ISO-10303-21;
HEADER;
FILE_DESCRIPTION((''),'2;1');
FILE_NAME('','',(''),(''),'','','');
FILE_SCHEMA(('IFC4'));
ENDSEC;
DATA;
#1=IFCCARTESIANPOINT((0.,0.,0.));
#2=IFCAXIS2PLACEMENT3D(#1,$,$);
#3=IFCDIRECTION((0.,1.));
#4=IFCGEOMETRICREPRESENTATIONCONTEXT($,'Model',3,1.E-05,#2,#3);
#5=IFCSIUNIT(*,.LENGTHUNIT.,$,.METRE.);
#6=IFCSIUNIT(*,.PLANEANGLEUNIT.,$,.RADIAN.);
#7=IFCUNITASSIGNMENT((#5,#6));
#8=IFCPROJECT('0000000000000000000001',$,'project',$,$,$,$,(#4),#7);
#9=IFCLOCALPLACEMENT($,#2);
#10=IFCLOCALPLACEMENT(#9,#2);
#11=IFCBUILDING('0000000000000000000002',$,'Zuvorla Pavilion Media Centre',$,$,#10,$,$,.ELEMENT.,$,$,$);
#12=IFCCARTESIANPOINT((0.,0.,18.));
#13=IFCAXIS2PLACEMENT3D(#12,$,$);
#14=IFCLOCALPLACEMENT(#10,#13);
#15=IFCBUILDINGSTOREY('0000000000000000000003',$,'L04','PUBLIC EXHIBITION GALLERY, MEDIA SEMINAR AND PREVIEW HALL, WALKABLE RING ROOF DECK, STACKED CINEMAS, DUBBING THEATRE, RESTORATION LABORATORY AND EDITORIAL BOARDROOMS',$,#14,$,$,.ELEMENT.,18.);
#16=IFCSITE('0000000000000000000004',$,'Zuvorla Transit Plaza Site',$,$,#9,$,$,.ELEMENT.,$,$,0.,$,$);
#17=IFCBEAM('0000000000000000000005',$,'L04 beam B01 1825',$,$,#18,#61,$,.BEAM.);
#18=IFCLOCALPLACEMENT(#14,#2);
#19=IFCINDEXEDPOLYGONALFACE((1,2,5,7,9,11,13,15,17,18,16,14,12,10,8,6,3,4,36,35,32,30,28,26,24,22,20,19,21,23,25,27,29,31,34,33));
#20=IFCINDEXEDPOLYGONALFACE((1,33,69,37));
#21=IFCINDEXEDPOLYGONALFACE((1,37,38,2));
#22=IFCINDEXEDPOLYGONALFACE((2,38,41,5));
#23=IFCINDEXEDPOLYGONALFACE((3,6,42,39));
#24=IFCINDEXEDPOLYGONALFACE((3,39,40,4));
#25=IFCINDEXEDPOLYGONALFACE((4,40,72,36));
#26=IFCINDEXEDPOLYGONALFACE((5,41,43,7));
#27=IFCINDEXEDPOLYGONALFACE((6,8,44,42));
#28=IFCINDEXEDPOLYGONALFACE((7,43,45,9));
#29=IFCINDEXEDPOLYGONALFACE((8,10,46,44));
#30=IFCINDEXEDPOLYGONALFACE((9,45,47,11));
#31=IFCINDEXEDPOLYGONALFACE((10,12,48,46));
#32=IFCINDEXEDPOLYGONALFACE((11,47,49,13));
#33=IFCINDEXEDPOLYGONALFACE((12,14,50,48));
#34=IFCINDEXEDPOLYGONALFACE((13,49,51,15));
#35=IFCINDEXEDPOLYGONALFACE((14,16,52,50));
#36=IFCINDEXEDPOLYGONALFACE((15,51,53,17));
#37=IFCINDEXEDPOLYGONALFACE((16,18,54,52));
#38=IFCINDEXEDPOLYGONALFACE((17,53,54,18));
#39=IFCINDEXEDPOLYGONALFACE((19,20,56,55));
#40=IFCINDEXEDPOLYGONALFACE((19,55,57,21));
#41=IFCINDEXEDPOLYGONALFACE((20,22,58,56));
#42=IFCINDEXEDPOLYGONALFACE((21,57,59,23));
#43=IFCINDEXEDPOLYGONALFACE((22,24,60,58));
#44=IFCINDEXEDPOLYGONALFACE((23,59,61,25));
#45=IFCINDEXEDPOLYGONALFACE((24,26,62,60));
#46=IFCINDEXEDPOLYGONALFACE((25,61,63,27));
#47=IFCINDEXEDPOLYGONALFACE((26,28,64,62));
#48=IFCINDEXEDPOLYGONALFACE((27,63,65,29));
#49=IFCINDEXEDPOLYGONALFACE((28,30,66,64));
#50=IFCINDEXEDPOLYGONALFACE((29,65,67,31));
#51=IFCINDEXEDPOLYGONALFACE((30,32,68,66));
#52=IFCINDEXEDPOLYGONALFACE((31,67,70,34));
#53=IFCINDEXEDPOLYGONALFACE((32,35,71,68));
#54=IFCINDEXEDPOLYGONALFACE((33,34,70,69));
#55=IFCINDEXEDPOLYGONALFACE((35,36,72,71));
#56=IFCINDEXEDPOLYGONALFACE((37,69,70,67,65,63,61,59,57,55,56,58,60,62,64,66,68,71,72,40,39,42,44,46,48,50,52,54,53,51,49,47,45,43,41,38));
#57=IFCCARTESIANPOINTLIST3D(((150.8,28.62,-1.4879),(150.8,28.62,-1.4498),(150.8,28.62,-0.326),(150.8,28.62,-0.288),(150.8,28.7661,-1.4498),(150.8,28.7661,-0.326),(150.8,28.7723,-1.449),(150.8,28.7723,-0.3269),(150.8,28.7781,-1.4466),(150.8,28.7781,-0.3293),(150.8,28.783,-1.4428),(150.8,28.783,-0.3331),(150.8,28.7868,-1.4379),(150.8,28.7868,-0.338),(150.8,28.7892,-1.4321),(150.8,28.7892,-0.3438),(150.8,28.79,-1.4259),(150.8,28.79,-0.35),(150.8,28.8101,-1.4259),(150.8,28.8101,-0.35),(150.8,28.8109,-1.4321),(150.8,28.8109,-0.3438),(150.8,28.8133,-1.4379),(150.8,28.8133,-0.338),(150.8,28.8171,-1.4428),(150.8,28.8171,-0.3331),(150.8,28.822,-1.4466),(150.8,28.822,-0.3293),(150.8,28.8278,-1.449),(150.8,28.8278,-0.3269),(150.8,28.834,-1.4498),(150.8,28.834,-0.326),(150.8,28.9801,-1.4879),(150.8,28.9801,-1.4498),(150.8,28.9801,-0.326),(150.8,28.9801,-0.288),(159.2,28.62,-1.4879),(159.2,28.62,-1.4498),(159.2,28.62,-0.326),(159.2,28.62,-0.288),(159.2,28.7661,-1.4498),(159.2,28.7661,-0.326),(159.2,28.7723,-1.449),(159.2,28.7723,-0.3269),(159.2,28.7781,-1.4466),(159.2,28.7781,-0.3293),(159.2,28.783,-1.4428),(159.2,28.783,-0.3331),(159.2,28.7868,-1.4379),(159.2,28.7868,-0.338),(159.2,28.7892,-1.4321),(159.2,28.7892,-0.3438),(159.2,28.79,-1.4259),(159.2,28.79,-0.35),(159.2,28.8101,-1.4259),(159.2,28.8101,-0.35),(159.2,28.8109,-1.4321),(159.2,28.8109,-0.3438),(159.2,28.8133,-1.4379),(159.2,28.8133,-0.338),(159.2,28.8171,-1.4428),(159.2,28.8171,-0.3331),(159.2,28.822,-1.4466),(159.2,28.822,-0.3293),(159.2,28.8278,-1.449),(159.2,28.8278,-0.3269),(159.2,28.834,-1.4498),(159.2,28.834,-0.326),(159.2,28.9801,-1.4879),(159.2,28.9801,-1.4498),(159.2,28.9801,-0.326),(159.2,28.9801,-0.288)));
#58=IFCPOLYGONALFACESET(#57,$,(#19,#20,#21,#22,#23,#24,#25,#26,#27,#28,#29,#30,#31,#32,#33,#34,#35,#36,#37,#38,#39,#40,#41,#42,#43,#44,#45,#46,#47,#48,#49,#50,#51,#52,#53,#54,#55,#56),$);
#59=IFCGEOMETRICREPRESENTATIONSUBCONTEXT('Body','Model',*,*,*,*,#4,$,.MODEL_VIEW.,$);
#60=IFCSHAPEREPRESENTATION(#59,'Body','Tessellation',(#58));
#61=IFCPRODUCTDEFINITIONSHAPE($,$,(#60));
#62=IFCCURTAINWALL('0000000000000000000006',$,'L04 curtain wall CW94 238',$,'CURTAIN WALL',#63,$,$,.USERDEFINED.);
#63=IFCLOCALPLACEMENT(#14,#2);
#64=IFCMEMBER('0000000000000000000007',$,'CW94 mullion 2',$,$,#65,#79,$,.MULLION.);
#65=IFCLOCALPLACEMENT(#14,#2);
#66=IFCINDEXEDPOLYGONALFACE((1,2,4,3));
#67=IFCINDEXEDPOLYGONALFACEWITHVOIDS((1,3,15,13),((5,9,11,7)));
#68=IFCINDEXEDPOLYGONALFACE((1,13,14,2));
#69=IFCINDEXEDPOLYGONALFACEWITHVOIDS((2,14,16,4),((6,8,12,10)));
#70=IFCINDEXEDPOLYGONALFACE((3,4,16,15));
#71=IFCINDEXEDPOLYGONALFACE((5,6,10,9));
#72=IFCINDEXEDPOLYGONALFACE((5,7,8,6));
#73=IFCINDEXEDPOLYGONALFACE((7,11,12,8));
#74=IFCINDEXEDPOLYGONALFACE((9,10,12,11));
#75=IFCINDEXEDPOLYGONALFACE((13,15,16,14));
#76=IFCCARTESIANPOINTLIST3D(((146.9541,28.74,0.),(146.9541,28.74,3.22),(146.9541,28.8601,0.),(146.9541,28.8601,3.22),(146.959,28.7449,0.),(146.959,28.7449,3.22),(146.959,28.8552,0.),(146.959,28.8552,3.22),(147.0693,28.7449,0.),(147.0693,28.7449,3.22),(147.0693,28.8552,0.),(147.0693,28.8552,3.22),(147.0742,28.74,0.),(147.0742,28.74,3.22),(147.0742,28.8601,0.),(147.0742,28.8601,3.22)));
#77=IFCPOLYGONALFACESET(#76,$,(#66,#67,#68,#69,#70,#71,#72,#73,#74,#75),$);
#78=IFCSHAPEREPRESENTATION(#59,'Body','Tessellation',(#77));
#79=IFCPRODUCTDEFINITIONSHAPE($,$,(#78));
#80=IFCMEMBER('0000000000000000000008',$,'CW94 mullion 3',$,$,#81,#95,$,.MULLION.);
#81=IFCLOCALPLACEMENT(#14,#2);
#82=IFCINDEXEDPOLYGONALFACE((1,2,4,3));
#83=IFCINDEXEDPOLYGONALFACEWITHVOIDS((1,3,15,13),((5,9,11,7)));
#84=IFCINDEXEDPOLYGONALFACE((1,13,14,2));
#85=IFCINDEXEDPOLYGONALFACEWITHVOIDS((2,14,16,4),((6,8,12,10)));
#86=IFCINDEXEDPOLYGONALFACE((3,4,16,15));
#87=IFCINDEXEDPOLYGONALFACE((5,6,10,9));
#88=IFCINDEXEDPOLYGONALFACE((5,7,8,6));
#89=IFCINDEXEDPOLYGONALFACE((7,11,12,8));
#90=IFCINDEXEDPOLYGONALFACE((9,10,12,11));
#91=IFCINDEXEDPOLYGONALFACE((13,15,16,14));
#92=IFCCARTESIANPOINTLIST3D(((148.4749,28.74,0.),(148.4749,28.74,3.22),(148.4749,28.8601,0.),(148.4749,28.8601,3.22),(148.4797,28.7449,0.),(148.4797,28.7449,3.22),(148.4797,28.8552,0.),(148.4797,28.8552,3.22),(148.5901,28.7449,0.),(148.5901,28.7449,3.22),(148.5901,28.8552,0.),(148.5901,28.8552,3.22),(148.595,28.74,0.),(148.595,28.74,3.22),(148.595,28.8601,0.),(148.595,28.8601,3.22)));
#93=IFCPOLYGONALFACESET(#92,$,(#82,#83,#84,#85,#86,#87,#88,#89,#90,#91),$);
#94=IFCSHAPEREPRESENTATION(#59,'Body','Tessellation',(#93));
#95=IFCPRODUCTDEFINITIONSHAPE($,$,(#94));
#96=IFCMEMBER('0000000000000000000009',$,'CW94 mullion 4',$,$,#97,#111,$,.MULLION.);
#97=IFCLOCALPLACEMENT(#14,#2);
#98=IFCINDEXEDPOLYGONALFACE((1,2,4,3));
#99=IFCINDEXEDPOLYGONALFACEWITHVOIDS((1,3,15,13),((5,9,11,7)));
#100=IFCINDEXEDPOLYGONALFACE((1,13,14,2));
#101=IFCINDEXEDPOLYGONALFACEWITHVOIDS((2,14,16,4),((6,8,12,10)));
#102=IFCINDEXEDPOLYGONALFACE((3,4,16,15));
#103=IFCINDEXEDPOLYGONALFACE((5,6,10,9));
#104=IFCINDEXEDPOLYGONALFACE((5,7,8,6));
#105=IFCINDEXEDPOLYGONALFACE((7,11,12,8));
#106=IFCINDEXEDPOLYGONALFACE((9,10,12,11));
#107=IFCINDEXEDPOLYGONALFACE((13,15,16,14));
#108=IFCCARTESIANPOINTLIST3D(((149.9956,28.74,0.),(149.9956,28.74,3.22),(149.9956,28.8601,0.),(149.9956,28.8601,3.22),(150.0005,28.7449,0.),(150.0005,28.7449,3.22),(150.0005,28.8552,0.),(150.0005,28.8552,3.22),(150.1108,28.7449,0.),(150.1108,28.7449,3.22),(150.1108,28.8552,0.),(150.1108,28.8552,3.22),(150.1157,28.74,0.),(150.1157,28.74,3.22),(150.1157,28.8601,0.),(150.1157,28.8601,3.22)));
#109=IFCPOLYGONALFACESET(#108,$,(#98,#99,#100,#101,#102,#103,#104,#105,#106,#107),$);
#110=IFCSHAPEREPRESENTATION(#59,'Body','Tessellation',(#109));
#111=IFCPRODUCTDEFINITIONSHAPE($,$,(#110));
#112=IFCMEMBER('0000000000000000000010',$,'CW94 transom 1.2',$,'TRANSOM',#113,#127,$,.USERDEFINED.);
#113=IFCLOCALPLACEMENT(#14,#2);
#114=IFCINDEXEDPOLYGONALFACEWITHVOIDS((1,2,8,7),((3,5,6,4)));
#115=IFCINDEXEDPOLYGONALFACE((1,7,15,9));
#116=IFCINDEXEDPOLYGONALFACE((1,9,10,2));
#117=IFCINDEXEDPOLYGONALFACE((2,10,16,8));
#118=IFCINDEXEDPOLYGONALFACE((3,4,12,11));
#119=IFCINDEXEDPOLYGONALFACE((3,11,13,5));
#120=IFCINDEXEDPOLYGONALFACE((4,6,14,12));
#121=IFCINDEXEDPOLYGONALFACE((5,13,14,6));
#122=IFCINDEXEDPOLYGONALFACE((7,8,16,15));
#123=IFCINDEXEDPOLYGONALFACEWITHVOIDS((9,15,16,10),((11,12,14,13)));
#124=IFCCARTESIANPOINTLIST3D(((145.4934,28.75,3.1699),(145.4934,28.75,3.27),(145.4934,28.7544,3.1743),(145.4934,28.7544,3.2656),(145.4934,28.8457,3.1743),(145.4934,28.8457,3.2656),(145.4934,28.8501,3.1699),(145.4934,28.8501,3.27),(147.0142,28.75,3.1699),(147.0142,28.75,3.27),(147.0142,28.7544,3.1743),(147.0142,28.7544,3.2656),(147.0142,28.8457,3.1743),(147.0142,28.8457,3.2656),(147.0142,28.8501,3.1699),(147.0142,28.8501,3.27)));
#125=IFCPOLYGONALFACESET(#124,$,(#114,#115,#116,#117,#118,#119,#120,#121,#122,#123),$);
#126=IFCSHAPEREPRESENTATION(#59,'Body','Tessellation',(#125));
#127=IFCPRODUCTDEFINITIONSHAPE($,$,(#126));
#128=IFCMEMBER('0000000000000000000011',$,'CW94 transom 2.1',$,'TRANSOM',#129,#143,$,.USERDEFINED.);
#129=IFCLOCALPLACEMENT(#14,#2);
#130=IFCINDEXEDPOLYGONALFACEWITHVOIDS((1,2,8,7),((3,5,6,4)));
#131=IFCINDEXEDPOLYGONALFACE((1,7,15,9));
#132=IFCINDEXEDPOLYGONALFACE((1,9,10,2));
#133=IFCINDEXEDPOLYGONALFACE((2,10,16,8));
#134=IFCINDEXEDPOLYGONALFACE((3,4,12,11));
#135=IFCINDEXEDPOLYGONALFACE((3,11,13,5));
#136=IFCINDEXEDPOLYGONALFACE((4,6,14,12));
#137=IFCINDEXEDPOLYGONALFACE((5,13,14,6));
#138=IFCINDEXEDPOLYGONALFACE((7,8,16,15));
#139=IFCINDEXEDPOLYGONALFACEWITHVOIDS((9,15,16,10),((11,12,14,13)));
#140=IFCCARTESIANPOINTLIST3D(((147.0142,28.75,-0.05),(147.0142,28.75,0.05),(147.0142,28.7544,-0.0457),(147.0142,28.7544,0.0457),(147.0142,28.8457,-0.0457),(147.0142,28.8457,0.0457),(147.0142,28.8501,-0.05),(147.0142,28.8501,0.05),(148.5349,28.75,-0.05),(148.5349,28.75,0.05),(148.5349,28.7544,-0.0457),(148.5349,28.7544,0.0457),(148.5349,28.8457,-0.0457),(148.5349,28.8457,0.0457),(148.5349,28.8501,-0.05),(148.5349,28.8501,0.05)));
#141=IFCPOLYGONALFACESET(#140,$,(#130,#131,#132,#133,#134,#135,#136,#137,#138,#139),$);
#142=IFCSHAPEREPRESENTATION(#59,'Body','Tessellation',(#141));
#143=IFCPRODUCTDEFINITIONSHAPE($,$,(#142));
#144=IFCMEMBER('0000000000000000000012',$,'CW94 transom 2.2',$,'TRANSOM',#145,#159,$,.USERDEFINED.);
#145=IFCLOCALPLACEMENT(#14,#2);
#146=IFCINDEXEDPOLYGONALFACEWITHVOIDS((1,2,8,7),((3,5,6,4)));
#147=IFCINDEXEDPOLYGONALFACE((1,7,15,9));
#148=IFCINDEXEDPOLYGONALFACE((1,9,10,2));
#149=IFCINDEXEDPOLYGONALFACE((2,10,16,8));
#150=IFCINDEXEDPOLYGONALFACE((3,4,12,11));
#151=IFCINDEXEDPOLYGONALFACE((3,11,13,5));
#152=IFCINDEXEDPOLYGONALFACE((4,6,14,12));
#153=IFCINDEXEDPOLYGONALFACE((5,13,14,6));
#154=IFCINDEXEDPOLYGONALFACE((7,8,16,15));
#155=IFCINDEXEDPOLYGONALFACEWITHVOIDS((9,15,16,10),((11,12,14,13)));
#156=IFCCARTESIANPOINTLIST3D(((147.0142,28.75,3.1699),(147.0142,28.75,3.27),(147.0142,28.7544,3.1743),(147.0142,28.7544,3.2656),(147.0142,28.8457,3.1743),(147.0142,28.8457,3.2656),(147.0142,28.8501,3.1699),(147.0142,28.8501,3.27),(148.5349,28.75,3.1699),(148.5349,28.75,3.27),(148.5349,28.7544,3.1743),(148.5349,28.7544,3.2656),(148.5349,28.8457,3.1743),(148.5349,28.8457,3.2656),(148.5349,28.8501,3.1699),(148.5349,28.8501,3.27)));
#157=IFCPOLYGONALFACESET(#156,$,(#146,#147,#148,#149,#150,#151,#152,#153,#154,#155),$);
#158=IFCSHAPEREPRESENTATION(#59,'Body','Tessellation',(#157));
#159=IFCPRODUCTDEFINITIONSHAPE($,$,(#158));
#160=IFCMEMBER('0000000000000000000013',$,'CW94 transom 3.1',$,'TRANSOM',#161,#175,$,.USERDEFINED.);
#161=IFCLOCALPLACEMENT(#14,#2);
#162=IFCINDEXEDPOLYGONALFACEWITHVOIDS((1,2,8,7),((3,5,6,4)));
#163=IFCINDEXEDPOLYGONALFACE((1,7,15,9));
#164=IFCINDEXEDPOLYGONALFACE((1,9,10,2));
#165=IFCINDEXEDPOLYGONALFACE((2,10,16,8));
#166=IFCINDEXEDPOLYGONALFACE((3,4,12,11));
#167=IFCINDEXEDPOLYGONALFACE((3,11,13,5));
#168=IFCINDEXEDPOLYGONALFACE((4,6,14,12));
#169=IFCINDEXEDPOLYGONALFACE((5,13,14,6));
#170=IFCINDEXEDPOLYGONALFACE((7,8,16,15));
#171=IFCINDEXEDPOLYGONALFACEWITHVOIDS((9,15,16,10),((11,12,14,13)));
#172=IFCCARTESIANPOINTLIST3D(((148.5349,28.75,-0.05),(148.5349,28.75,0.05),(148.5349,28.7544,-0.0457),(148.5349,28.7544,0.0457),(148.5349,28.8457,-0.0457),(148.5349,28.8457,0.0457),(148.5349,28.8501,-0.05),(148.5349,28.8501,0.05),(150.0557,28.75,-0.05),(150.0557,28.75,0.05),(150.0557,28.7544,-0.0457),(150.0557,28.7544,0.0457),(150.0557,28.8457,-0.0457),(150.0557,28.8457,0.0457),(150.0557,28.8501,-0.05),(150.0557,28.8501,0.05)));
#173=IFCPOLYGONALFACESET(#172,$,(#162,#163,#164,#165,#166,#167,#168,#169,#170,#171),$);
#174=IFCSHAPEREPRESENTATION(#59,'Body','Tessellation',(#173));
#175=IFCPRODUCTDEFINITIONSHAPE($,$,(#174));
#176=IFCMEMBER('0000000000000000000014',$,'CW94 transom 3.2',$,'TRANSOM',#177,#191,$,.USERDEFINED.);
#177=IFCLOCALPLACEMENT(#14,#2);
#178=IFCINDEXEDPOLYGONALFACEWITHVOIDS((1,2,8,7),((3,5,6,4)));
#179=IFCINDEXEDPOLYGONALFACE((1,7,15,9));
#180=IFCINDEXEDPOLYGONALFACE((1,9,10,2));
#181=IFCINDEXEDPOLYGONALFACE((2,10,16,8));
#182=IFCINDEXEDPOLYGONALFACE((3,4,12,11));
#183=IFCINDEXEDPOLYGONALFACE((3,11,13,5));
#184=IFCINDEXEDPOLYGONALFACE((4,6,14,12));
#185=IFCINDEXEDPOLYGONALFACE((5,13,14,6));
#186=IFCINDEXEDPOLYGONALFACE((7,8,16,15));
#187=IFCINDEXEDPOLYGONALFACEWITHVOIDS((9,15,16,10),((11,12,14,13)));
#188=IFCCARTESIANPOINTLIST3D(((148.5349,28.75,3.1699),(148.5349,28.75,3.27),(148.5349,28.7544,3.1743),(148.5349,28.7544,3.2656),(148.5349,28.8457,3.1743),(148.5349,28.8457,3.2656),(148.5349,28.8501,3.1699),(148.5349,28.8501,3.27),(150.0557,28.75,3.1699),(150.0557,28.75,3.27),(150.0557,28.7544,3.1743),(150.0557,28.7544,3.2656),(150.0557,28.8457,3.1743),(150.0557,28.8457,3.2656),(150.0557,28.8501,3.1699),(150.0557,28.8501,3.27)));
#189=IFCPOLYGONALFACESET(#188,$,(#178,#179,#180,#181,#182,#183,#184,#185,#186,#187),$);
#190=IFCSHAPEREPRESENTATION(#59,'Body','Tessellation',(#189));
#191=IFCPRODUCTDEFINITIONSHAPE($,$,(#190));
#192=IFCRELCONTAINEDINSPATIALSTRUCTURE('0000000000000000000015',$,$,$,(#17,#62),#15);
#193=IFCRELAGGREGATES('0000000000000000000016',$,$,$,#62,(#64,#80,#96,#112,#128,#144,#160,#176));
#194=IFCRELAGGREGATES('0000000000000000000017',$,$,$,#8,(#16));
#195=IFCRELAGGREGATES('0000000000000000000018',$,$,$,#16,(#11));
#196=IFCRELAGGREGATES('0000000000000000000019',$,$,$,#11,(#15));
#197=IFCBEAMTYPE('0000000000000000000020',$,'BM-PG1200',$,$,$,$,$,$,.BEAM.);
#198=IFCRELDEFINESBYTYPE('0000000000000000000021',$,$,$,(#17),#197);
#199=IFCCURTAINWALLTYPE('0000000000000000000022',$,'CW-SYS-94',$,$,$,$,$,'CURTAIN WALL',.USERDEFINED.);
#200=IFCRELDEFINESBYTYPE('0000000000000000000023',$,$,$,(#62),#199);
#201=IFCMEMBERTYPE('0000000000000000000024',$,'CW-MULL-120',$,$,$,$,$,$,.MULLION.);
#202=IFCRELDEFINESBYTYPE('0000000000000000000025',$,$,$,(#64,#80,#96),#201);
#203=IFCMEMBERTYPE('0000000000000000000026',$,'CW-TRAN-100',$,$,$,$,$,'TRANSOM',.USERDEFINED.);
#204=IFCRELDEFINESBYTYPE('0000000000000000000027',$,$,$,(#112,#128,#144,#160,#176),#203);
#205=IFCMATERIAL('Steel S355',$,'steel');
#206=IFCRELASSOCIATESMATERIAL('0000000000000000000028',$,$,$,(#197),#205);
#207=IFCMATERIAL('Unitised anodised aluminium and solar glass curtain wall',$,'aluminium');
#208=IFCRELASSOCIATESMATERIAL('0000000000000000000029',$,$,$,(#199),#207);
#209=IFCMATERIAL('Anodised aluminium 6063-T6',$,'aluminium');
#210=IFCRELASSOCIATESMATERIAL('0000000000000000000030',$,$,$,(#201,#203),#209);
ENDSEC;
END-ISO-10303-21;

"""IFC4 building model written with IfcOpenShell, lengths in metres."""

from ifc_helpers import new_model, si_unit, direction, frame, origin, origin_2d, place, context, subcontext, project, spatial, hollow_rectangle, i_section, extrude, material, material_profile, profile_set, type_object, element, aggregate, save


model = new_model("IFC4")

# Units and contexts
model_context = context("Model", 3, precision=1e-05, world=origin(), true_north=direction((0.0, 1.0)))
body_context = subcontext(model_context, "Body", "Model", "MODEL_VIEW")
ifc_project = project(units=[si_unit("LENGTHUNIT", "METRE"), si_unit("PLANEANGLEUNIT", "RADIAN")], contexts=[model_context])

# Site, building, storey
site_placement = place(None, origin())
site = spatial("IfcSite", under=ifc_project, at=site_placement, Name="Zuvorla Transit Plaza Site", CompositionType="ELEMENT", RefElevation=0.0)
building_placement = place(site_placement, origin())
building = spatial("IfcBuilding", under=site, at=building_placement, Name="Zuvorla Pavilion Media Centre", CompositionType="ELEMENT")
storey_placement = place(building_placement, frame((0.0, 0.0, 18.0)))
storey = spatial("IfcBuildingStorey", under=building, at=storey_placement, Name="L04", Description="PUBLIC EXHIBITION GALLERY, MEDIA SEMINAR AND PREVIEW HALL, WALKABLE RING ROOF DECK, STACKED CINEMAS, DUBBING THEATRE, RESTORATION LABORATORY AND EDITORIAL BOARDROOMS", CompositionType="ELEMENT", Elevation=18.0)

# Beam
ifc_material_1 = material(Name="Steel S355", Category="steel")
ifc_material_profile_1 = material_profile(ifc_material_1, i_section(OverallWidth=0.3601, OverallDepth=1.2, WebThickness=0.02, FlangeThickness=0.0381, FilletRadius=0.0239, at=origin_2d()), Name="PG 1200x360x38")
ifc_profile_set_1 = profile_set([ifc_material_profile_1], Name="Steel S355")
beam_type = type_object("IfcBeamType", Name="BM-PG1200", PredefinedType="BEAM", material=ifc_profile_set_1)
beam_placement = place(storey_placement, frame((150.8, 28.8, -0.8879), z_axis=(1.0, 0.0, 0.0), x_axis=(0.0, 1.0, 0.0)))
element("IfcBeam", 1, at=beam_placement, inside=storey, type_object=beam_type, Name="L04 beam B01 1825", PredefinedType="BEAM", context=body_context, shape_type="SweptSolid", body=[
    extrude(i_section(OverallWidth=0.3601, OverallDepth=1.2, WebThickness=0.02, FlangeThickness=0.0381, FilletRadius=0.0239, at=origin_2d()), origin(), (0.0, 0.0, 1.0), 8.3999),
])

# Curtain wall, members
ifc_material_2 = material(Name="Unitised anodised aluminium and solar glass curtain wall", Category="aluminium")
curtain_wall_type = type_object("IfcCurtainWallType", Name="CW-SYS-94", ElementType="CURTAIN WALL", PredefinedType="USERDEFINED", material=ifc_material_2)
curtain_wall_placement = place(storey_placement, origin())
curtain_wall = element("IfcCurtainWall", 2, at=curtain_wall_placement, inside=storey, type_object=curtain_wall_type, Name="L04 curtain wall CW94 238", ObjectType="CURTAIN WALL", PredefinedType="USERDEFINED")
ifc_material_3 = material(Name="Anodised aluminium 6063-T6", Category="aluminium")
ifc_material_profile_2 = material_profile(ifc_material_3, hollow_rectangle(XDim=0.1201, YDim=0.1201, WallThickness=0.0049, at=origin_2d()), Name="ALU MULL 120x120")
ifc_profile_set_2 = profile_set([ifc_material_profile_2], Name="Anodised aluminium 6063-T6")
member_type_1 = type_object("IfcMemberType", Name="CW-MULL-120", PredefinedType="MULLION", material=ifc_profile_set_2)
member_1_placement = place(storey_placement, frame((147.0142, 28.8, 0.0), z_axis=(0.0, 0.0, 1.0), x_axis=(1.0, 0.0, 0.0)))
member_1 = element("IfcMember", 3, at=member_1_placement, type_object=member_type_1, Name="CW94 mullion 2", PredefinedType="MULLION", context=body_context, shape_type="SweptSolid", body=[
    extrude(hollow_rectangle(XDim=0.1201, YDim=0.1201, WallThickness=0.0049, at=origin_2d()), origin(), (0.0, 0.0, 1.0), 3.22),
])
member_2_placement = place(storey_placement, frame((148.5349, 28.8, 0.0), z_axis=(0.0, 0.0, 1.0), x_axis=(1.0, 0.0, 0.0)))
member_2 = element("IfcMember", 4, at=member_2_placement, type_object=member_type_1, Name="CW94 mullion 3", PredefinedType="MULLION", context=body_context, shape_type="SweptSolid", body=[
    extrude(hollow_rectangle(XDim=0.1201, YDim=0.1201, WallThickness=0.0049, at=origin_2d()), origin(), (0.0, 0.0, 1.0), 3.22),
])
member_3_placement = place(storey_placement, frame((150.0557, 28.8, 0.0), z_axis=(0.0, 0.0, 1.0), x_axis=(1.0, 0.0, 0.0)))
member_3 = element("IfcMember", 5, at=member_3_placement, type_object=member_type_1, Name="CW94 mullion 4", PredefinedType="MULLION", context=body_context, shape_type="SweptSolid", body=[
    extrude(hollow_rectangle(XDim=0.1201, YDim=0.1201, WallThickness=0.0049, at=origin_2d()), origin(), (0.0, 0.0, 1.0), 3.22),
])
ifc_material_profile_3 = material_profile(ifc_material_3, hollow_rectangle(XDim=0.1001, YDim=0.1001, WallThickness=0.0044, at=origin_2d()), Name="ALU TRAN 100x100")
ifc_profile_set_3 = profile_set([ifc_material_profile_3], Name="Anodised aluminium 6063-T6")
member_type_2 = type_object("IfcMemberType", Name="CW-TRAN-100", ElementType="TRANSOM", PredefinedType="USERDEFINED", material=ifc_profile_set_3)
member_4_placement = place(storey_placement, frame((145.4934, 28.8, 3.22), z_axis=(1.0, 0.0, 0.0), x_axis=(0.0, 1.0, 0.0)))
member_4 = element("IfcMember", 6, at=member_4_placement, type_object=member_type_2, Name="CW94 transom 1.2", ObjectType="TRANSOM", PredefinedType="USERDEFINED", context=body_context, shape_type="SweptSolid", body=[
    extrude(hollow_rectangle(XDim=0.1001, YDim=0.1001, WallThickness=0.0044, at=origin_2d()), origin(), (0.0, 0.0, 1.0), 1.5208),
])
member_5_placement = place(storey_placement, frame((147.0142, 28.8, 0.0), z_axis=(1.0, 0.0, 0.0), x_axis=(0.0, 1.0, 0.0)))
member_5 = element("IfcMember", 7, at=member_5_placement, type_object=member_type_2, Name="CW94 transom 2.1", ObjectType="TRANSOM", PredefinedType="USERDEFINED", context=body_context, shape_type="SweptSolid", body=[
    extrude(hollow_rectangle(XDim=0.1001, YDim=0.1001, WallThickness=0.0044, at=origin_2d()), origin(), (0.0, 0.0, 1.0), 1.5208),
])
member_6_placement = place(storey_placement, frame((147.0142, 28.8, 3.22), z_axis=(1.0, 0.0, 0.0), x_axis=(0.0, 1.0, 0.0)))
member_6 = element("IfcMember", 8, at=member_6_placement, type_object=member_type_2, Name="CW94 transom 2.2", ObjectType="TRANSOM", PredefinedType="USERDEFINED", context=body_context, shape_type="SweptSolid", body=[
    extrude(hollow_rectangle(XDim=0.1001, YDim=0.1001, WallThickness=0.0044, at=origin_2d()), origin(), (0.0, 0.0, 1.0), 1.5208),
])
member_7_placement = place(storey_placement, frame((148.5349, 28.8, 0.0), z_axis=(1.0, 0.0, 0.0), x_axis=(0.0, 1.0, 0.0)))
member_7 = element("IfcMember", 9, at=member_7_placement, type_object=member_type_2, Name="CW94 transom 3.1", ObjectType="TRANSOM", PredefinedType="USERDEFINED", context=body_context, shape_type="SweptSolid", body=[
    extrude(hollow_rectangle(XDim=0.1001, YDim=0.1001, WallThickness=0.0044, at=origin_2d()), origin(), (0.0, 0.0, 1.0), 1.5208),
])
member_8_placement = place(storey_placement, frame((148.5349, 28.8, 3.22), z_axis=(1.0, 0.0, 0.0), x_axis=(0.0, 1.0, 0.0)))
member_8 = element("IfcMember", 10, at=member_8_placement, type_object=member_type_2, Name="CW94 transom 3.2", ObjectType="TRANSOM", PredefinedType="USERDEFINED", context=body_context, shape_type="SweptSolid", body=[
    extrude(hollow_rectangle(XDim=0.1001, YDim=0.1001, WallThickness=0.0044, at=origin_2d()), origin(), (0.0, 0.0, 1.0), 1.5208),
])

aggregate(curtain_wall, [member_1, member_2, member_3, member_4, member_5, member_6, member_7, member_8])

save(model, "model.ifc")
